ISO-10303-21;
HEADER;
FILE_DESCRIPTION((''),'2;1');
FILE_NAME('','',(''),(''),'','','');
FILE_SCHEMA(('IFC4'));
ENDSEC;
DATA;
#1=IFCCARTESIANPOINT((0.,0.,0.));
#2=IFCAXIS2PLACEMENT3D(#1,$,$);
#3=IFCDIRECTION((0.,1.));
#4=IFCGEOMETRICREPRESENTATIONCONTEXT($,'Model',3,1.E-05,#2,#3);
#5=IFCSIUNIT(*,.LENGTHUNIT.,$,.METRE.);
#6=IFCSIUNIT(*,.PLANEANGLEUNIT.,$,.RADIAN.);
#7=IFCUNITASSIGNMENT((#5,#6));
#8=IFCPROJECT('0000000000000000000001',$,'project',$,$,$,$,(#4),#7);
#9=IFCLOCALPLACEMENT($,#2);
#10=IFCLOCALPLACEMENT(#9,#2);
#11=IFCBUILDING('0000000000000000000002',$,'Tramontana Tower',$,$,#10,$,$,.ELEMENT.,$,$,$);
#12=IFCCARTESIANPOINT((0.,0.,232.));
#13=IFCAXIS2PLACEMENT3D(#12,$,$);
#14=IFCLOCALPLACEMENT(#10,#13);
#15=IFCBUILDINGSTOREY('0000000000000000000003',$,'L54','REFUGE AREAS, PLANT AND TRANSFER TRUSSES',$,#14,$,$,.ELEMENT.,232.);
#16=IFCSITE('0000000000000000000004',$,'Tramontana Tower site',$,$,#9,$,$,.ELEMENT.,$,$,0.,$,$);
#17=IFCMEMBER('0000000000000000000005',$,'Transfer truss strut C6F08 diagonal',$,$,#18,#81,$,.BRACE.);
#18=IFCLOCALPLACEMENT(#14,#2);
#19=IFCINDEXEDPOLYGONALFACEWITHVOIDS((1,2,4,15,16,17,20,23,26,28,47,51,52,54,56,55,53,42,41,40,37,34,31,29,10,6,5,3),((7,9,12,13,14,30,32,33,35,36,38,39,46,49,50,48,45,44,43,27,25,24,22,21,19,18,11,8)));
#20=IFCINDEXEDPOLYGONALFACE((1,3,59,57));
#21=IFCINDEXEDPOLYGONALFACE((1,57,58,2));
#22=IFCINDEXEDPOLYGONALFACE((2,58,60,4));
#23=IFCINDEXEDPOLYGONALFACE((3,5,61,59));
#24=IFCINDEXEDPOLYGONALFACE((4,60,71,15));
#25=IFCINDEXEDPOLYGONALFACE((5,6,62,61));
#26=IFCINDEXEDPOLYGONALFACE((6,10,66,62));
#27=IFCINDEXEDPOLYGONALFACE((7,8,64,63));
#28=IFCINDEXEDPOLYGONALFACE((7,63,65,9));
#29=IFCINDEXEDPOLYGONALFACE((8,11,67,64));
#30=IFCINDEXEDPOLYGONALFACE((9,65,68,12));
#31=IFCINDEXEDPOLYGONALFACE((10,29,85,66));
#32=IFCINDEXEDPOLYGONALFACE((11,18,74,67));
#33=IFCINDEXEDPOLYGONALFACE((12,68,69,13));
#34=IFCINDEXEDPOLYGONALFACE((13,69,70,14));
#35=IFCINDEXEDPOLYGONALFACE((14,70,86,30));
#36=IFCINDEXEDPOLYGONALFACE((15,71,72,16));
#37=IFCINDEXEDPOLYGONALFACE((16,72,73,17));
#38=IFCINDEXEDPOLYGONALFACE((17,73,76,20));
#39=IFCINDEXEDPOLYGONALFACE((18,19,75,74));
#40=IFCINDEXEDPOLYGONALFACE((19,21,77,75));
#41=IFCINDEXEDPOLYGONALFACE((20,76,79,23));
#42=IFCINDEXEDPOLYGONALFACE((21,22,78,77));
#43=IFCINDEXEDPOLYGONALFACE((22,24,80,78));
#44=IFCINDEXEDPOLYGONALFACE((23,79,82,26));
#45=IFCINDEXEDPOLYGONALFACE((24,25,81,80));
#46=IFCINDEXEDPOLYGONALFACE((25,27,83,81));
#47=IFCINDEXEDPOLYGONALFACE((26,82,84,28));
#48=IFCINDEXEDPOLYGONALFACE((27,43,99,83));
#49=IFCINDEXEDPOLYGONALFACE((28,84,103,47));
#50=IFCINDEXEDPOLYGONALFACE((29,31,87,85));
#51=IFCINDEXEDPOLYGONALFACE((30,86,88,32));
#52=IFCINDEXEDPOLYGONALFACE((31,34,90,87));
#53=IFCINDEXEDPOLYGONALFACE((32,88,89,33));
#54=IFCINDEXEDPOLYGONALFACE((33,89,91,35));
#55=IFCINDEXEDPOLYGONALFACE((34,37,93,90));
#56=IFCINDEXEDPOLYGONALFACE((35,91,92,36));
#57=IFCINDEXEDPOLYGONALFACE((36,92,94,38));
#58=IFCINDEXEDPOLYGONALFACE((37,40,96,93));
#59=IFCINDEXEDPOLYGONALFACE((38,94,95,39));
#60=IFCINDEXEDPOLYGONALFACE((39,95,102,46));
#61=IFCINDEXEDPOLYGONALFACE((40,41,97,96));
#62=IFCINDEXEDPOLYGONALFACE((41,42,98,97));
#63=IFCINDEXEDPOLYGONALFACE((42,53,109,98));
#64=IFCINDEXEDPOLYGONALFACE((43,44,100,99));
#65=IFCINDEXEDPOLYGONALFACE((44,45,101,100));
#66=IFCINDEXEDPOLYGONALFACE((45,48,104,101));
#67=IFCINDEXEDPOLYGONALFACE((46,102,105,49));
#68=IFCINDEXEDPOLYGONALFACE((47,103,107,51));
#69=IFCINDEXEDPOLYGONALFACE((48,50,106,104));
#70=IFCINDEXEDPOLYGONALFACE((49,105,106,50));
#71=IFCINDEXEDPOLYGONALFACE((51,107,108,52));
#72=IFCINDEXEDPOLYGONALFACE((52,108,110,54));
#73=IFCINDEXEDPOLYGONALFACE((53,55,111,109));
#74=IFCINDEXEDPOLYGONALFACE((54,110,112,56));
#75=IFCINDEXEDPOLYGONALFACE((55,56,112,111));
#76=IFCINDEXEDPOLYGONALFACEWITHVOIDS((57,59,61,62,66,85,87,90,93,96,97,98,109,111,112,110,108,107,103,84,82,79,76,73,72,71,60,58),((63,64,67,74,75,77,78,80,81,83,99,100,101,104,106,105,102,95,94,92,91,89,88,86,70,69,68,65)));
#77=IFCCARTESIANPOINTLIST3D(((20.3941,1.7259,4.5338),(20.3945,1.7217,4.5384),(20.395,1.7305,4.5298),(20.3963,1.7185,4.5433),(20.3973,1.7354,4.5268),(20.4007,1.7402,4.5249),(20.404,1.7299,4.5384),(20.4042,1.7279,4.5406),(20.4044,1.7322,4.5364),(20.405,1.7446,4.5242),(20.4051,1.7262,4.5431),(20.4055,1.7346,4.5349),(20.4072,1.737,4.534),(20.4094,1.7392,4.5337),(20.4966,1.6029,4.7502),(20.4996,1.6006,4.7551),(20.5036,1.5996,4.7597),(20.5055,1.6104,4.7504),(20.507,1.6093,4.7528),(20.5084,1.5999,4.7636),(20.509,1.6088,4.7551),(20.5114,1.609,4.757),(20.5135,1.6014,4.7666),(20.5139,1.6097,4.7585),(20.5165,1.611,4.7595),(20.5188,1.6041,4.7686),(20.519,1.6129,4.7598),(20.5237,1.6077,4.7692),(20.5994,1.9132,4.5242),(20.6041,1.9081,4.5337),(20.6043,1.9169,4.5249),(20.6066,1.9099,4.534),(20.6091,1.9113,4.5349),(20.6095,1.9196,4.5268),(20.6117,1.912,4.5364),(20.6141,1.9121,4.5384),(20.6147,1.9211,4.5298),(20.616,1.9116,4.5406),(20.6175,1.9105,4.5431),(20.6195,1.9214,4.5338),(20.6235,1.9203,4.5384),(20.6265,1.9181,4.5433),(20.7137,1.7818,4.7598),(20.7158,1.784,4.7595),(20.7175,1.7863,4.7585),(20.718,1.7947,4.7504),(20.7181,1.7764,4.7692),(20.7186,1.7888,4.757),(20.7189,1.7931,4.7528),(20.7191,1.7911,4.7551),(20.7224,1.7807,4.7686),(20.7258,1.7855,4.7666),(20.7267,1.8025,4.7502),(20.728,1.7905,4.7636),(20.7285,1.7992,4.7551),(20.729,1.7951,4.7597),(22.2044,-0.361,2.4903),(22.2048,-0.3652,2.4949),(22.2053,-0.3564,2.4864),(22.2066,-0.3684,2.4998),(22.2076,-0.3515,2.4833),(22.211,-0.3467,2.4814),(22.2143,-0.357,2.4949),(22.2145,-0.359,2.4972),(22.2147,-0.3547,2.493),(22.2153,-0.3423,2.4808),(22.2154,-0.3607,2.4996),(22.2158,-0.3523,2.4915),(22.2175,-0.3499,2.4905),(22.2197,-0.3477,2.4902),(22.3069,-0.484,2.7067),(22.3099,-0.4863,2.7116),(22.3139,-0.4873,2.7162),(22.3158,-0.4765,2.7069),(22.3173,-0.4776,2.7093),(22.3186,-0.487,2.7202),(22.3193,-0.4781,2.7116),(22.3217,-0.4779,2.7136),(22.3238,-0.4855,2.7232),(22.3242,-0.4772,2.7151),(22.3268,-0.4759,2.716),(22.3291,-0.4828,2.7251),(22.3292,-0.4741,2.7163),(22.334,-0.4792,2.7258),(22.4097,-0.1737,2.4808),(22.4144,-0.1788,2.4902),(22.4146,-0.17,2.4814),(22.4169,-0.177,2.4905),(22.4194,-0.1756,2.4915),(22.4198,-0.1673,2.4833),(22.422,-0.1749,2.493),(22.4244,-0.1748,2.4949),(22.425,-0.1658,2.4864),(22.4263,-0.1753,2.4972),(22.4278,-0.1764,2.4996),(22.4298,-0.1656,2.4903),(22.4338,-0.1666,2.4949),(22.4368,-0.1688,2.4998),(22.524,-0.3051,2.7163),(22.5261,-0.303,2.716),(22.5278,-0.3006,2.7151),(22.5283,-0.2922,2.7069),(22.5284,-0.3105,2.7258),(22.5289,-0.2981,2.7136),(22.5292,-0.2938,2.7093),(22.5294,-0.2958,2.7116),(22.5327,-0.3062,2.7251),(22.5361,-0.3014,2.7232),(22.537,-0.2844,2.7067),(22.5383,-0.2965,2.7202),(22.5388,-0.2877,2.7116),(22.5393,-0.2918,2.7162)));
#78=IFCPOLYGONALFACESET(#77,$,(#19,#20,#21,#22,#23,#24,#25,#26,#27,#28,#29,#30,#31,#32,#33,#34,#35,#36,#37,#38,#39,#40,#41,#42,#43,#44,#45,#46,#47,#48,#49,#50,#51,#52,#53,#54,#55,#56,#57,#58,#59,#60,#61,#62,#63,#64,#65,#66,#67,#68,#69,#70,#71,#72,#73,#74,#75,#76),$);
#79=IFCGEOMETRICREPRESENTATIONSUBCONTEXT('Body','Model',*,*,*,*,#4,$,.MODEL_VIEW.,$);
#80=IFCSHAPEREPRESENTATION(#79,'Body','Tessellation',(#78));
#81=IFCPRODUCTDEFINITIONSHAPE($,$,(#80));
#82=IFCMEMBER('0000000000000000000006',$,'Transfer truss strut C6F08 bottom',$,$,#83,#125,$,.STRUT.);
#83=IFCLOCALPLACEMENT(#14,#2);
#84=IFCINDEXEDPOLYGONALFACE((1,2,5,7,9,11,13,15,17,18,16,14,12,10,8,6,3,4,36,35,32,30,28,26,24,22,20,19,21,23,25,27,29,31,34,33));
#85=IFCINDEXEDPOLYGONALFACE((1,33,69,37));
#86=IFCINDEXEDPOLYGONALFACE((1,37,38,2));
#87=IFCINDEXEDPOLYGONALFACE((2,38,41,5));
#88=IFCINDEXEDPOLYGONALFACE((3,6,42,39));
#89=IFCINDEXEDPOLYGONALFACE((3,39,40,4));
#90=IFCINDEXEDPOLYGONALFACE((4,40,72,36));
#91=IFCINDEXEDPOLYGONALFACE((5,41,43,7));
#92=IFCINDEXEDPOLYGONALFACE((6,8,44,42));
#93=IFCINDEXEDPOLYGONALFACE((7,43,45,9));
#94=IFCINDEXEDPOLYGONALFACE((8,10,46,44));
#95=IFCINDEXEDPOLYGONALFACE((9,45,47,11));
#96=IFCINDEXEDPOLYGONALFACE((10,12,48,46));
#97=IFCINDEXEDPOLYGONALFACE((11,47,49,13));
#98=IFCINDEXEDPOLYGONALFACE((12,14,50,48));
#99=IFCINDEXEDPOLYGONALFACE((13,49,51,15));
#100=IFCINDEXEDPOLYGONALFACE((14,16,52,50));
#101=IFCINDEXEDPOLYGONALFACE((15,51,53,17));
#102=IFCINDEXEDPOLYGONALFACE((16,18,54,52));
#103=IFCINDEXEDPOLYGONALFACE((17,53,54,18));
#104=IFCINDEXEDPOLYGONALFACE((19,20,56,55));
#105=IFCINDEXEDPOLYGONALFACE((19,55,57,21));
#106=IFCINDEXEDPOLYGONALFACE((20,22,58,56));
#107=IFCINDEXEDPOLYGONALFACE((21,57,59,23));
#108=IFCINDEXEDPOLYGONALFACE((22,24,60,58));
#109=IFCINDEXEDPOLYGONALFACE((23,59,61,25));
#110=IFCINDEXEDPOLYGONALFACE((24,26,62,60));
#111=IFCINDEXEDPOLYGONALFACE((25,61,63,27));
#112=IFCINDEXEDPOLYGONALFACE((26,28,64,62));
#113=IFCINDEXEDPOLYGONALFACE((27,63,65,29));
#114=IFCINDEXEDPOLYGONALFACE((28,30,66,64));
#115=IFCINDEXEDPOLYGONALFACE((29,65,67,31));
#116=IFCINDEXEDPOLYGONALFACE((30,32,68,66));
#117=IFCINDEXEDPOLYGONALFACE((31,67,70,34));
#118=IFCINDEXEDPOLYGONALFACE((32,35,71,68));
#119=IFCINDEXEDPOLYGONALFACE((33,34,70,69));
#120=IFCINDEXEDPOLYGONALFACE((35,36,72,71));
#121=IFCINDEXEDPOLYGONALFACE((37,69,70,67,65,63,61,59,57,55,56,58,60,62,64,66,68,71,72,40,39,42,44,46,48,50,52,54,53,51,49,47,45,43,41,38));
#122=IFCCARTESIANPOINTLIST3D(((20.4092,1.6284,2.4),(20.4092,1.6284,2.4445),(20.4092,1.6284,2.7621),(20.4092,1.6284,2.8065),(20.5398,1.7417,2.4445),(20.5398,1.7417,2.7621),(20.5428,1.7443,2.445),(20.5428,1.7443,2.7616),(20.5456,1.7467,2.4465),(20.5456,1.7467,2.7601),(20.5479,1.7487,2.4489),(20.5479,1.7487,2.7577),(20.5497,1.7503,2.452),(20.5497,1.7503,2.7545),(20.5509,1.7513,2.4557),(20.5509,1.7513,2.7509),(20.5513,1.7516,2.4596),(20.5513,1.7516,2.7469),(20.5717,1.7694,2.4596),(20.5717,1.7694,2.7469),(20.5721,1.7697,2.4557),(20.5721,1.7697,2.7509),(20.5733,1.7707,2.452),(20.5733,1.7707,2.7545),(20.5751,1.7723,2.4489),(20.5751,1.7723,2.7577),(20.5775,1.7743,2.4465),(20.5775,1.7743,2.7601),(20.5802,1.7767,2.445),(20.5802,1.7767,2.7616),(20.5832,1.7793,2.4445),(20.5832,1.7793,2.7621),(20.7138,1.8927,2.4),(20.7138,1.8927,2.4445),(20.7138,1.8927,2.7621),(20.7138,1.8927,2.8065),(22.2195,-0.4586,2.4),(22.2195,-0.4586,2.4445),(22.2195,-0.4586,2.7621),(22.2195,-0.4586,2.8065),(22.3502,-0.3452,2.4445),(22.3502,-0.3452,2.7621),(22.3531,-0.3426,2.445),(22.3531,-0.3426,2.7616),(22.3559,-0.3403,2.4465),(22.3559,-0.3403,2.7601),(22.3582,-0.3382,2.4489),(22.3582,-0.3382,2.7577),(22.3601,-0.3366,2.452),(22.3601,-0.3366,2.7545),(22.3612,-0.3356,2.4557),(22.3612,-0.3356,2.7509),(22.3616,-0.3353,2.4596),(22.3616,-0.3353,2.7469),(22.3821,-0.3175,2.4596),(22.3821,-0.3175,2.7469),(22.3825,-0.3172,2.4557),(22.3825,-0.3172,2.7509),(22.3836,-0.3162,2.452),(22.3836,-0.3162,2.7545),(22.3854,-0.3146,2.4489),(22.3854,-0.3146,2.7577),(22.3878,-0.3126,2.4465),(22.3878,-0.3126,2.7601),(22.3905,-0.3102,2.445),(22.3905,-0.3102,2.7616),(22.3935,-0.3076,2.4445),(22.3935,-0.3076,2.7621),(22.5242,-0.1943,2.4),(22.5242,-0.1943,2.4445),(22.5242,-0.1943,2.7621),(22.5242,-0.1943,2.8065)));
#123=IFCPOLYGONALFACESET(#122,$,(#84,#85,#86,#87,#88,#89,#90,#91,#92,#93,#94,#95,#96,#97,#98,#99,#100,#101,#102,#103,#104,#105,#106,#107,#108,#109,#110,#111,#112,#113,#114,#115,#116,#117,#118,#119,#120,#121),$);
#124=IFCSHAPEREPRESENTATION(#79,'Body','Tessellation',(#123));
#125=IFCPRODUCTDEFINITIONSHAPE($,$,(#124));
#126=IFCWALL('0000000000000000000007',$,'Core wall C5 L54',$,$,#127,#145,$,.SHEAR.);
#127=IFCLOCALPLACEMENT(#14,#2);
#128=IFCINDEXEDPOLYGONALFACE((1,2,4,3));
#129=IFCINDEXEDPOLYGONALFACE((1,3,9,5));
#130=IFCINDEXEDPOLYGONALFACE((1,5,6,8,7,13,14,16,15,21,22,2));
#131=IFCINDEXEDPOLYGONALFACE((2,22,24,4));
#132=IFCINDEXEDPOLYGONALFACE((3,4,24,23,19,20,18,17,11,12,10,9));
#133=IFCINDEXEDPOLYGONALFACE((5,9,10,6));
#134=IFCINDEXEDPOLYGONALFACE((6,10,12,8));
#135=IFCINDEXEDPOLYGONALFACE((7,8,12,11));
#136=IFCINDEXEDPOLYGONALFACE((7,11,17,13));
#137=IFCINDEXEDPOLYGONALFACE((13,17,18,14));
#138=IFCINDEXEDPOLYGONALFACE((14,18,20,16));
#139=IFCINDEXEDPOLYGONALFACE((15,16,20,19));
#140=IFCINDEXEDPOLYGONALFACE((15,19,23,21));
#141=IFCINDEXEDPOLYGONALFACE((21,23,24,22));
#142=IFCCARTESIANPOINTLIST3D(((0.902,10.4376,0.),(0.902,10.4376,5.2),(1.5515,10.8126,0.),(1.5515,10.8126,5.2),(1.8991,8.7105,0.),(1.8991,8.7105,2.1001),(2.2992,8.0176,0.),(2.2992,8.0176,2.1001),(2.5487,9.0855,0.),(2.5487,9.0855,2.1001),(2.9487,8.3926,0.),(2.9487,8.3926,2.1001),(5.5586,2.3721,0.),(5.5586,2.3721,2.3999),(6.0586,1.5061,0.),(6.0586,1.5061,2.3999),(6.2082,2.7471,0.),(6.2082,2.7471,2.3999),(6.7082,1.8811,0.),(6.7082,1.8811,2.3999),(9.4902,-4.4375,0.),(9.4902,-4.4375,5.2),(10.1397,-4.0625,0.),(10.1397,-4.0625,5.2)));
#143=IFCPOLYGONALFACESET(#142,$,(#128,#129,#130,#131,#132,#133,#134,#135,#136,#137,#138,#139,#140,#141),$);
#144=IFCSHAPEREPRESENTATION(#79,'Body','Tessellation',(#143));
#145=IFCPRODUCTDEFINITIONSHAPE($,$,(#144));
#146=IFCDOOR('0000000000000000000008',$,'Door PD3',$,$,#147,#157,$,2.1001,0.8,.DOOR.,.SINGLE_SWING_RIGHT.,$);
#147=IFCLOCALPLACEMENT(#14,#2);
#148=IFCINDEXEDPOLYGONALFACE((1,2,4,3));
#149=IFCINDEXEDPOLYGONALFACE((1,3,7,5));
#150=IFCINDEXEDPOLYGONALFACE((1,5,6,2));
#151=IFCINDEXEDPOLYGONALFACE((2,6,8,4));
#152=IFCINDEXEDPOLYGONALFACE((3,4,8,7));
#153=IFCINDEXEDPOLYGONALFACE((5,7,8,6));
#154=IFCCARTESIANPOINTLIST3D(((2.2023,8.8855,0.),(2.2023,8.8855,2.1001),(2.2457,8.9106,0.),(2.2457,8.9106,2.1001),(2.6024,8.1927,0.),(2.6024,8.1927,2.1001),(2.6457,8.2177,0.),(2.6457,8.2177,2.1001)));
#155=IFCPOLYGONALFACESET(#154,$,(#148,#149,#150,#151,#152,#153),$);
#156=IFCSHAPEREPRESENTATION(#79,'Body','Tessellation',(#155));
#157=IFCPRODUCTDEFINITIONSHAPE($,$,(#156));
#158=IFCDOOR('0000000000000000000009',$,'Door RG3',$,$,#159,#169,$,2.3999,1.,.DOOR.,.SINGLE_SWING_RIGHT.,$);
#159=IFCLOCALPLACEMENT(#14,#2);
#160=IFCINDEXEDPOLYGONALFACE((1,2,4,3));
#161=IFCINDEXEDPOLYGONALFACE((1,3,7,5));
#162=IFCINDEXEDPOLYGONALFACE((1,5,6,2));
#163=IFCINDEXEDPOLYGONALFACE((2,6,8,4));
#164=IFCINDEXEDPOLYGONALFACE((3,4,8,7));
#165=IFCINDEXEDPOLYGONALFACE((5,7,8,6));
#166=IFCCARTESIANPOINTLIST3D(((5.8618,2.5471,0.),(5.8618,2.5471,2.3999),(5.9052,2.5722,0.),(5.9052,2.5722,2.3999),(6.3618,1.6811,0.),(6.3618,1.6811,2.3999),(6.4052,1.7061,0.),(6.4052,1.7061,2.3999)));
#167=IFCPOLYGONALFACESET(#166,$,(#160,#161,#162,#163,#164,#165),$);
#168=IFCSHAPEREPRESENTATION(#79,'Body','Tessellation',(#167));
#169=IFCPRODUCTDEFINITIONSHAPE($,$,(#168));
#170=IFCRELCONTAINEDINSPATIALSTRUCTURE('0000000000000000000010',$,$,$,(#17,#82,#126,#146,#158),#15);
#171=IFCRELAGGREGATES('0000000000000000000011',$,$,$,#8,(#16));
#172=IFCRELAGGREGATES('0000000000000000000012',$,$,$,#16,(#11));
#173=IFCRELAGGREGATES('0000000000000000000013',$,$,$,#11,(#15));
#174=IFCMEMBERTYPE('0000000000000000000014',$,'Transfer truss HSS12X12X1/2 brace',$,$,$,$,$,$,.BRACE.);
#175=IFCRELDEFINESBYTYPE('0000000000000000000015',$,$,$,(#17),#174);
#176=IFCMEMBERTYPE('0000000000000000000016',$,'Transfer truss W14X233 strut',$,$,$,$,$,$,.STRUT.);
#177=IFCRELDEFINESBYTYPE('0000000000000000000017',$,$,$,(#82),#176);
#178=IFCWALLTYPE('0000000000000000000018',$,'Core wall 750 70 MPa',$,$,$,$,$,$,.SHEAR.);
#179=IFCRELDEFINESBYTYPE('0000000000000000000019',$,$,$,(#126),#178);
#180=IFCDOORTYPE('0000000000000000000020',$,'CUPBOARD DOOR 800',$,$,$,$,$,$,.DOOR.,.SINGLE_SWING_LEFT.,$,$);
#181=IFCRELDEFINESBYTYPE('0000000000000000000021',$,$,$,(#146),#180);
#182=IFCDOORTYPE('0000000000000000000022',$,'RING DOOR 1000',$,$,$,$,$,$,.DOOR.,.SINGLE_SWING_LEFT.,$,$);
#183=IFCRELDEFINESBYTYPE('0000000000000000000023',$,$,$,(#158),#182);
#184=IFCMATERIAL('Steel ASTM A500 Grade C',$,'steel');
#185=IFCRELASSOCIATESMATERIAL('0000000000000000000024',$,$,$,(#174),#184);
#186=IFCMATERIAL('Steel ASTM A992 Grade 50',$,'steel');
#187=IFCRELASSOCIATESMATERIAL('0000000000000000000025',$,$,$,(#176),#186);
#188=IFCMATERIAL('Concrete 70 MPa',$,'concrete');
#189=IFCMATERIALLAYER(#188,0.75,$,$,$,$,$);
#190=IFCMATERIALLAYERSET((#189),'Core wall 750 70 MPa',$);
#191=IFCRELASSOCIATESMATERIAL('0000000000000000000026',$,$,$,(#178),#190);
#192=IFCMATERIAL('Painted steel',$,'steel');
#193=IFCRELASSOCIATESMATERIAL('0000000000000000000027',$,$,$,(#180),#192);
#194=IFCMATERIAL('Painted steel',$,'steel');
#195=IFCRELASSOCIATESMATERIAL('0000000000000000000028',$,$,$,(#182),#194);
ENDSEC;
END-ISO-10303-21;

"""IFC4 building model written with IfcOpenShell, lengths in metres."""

from ifc_helpers import new_model, si_unit, direction, frame, frame_2d, origin, origin_2d, place, context, subcontext, project, spatial, rectangle, hollow_rectangle, i_section, extrude, material, layer, layer_set, material_profile, profile_set, type_object, element, fill, save


model = new_model("IFC4")

# Units and contexts
model_context = context("Model", 3, precision=1e-05, world=origin(), true_north=direction((0.0, 1.0)))
body_context = subcontext(model_context, "Body", "Model", "MODEL_VIEW")
ifc_project = project(units=[si_unit("LENGTHUNIT", "METRE"), si_unit("PLANEANGLEUNIT", "RADIAN")], contexts=[model_context])

# Site, building, storey
site_placement = place(None, origin())
site = spatial("IfcSite", under=ifc_project, at=site_placement, Name="Tramontana Tower site", CompositionType="ELEMENT", RefElevation=0.0)
building_placement = place(site_placement, origin())
building = spatial("IfcBuilding", under=site, at=building_placement, Name="Tramontana Tower", CompositionType="ELEMENT")
storey_placement = place(building_placement, frame((0.0, 0.0, 232.0)))
storey = spatial("IfcBuildingStorey", under=building, at=storey_placement, Name="L54", Description="REFUGE AREAS, PLANT AND TRANSFER TRUSSES", CompositionType="ELEMENT", Elevation=232.0)

# Members
ifc_material_1 = material(Name="Steel ASTM A500 Grade C", Category="steel")
ifc_material_profile_1 = material_profile(ifc_material_1, hollow_rectangle(XDim=0.3047, YDim=0.3047, WallThickness=0.0117, InnerFilletRadius=0.0117, OuterFilletRadius=0.0237, at=origin_2d()), Name="HSS12X12X1/2")
ifc_profile_set_1 = profile_set([ifc_material_profile_1], Name="Steel ASTM A500 Grade C")
member_type_1 = type_object("IfcMemberType", Name="Transfer truss HSS12X12X1/2 brace", PredefinedType="BRACE", material=ifc_profile_set_1)
member_1_placement = place(storey_placement, frame((22.3718, -0.3264, 2.6033), z_axis=(-0.526818, 0.607315, 0.594669), x_axis=(-0.755395, -0.65527, 0.0)))
element("IfcMember", 1, at=member_1_placement, inside=storey, type_object=member_type_1, Name="Transfer truss strut C6F08 diagonal", PredefinedType="BRACE", context=body_context, shape_type="SweptSolid", body=[
    extrude(hollow_rectangle(XDim=0.3047, YDim=0.3047, WallThickness=0.0117, InnerFilletRadius=0.0117, OuterFilletRadius=0.0237, at=origin_2d()), origin(), (0.0, 0.0, 1.0), 3.4363),
])
ifc_material_2 = material(Name="Steel ASTM A992 Grade 50", Category="steel")
ifc_material_profile_2 = material_profile(ifc_material_2, i_section(OverallWidth=0.4033, OverallDepth=0.4065, WebThickness=0.0271, FlangeThickness=0.0444, FilletRadius=0.0151, at=origin_2d()), Name="W14X233")
ifc_profile_set_2 = profile_set([ifc_material_profile_2], Name="Steel ASTM A992 Grade 50")
member_type_2 = type_object("IfcMemberType", Name="Transfer truss W14X233 strut", PredefinedType="STRUT", material=ifc_profile_set_2)
member_2_placement = place(storey_placement, frame((22.3718, -0.3264, 2.6033), z_axis=(-0.65527, 0.755395, 0.0), x_axis=(-0.755395, -0.65527, 0.0)))
element("IfcMember", 2, at=member_2_placement, inside=storey, type_object=member_type_2, Name="Transfer truss strut C6F08 bottom", PredefinedType="STRUT", context=body_context, shape_type="SweptSolid", body=[
    extrude(i_section(OverallWidth=0.4033, OverallDepth=0.4065, WebThickness=0.0271, FlangeThickness=0.0444, FilletRadius=0.0151, at=origin_2d()), origin(), (0.0, 0.0, 1.0), 2.7627),
])

# Wall, openings, doors
ifc_material_3 = material(Name="Concrete 70 MPa", Category="concrete")
ifc_layer_1 = layer(ifc_material_3, 0.75)
ifc_layer_set_1 = layer_set([ifc_layer_1], Name="Core wall 750 70 MPa")
wall_type_1 = type_object("IfcWallType", Name="Core wall 750 70 MPa", PredefinedType="SHEAR", material=ifc_layer_set_1)
wall_1_placement = place(storey_placement, frame((9.8149, -4.25, 0.0), z_axis=(0.0, 0.0, 1.0), x_axis=(-0.500002, 0.866024, 0.0)))
wall_1 = element("IfcWall", 3, at=wall_1_placement, inside=storey, type_object=wall_type_1, Name="Core wall C5 L54", PredefinedType="SHEAR", context=body_context, shape_type="SweptSolid", body=[
    extrude(rectangle(XDim=17.1763, YDim=0.75, at=frame_2d((8.5881, 0.0))), origin(), (0.0, 0.0, 1.0), 5.2),
])
opening_1_placement = place(wall_1_placement, frame((6.863, 0.0, 0.0)))
opening_1 = element("IfcOpeningElement", 4, at=opening_1_placement, cuts=wall_1, PredefinedType="OPENING", context=body_context, shape_type="SweptSolid", body=[
    extrude(rectangle(XDim=1.0, YDim=2.3999, at=frame_2d((0.5, 1.2))), frame((0.0, 0.385, 0.0), z_axis=(0.0, -1.0, 0.0), x_axis=(1.0, 0.0, 0.0)), (0.0, 0.0, 1.0), 0.77),
])
opening_2_placement = place(wall_1_placement, frame((14.3821, 0.0, 0.0)))
opening_2 = element("IfcOpeningElement", 5, at=opening_2_placement, cuts=wall_1, PredefinedType="OPENING", context=body_context, shape_type="SweptSolid", body=[
    extrude(rectangle(XDim=0.8, YDim=2.1001, at=frame_2d((0.3999, 1.05))), frame((0.0, 0.385, 0.0), z_axis=(0.0, -1.0, 0.0), x_axis=(1.0, 0.0, 0.0)), (0.0, 0.0, 1.0), 0.77),
])
ifc_material_4 = material(Name="Painted steel", Category="steel")
door_type_1 = type_object("IfcDoorType", Name="CUPBOARD DOOR 800", OperationType="SINGLE_SWING_LEFT", PredefinedType="DOOR", material=ifc_material_4)
door_1_placement = place(opening_2_placement, origin())
door_1 = element("IfcDoor", 6, at=door_1_placement, inside=storey, type_object=door_type_1, Name="Door PD3", OperationType="SINGLE_SWING_RIGHT", OverallHeight=2.1001, OverallWidth=0.8, PredefinedType="DOOR", context=body_context, shape_type="SweptSolid", body=[
    extrude(rectangle(XDim=0.8, YDim=2.1001, at=frame_2d((0.3999, 1.05))), frame((0.0, 0.0249, 0.0), z_axis=(0.0, -1.0, 0.0), x_axis=(1.0, 0.0, 0.0)), (0.0, 0.0, 1.0), 0.05),
])
fill(opening_2, door_1)
ifc_material_5 = material(Name="Painted steel", Category="steel")
door_type_2 = type_object("IfcDoorType", Name="RING DOOR 1000", OperationType="SINGLE_SWING_LEFT", PredefinedType="DOOR", material=ifc_material_5)
door_2_placement = place(opening_1_placement, origin())
door_2 = element("IfcDoor", 7, at=door_2_placement, inside=storey, type_object=door_type_2, Name="Door RG3", OperationType="SINGLE_SWING_RIGHT", OverallHeight=2.3999, OverallWidth=1.0, PredefinedType="DOOR", context=body_context, shape_type="SweptSolid", body=[
    extrude(rectangle(XDim=1.0, YDim=2.3999, at=frame_2d((0.5, 1.2))), frame((0.0, 0.0249, 0.0), z_axis=(0.0, -1.0, 0.0), x_axis=(1.0, 0.0, 0.0)), (0.0, 0.0, 1.0), 0.05),
])
fill(opening_1, door_2)

save(model, "model.ifc")
